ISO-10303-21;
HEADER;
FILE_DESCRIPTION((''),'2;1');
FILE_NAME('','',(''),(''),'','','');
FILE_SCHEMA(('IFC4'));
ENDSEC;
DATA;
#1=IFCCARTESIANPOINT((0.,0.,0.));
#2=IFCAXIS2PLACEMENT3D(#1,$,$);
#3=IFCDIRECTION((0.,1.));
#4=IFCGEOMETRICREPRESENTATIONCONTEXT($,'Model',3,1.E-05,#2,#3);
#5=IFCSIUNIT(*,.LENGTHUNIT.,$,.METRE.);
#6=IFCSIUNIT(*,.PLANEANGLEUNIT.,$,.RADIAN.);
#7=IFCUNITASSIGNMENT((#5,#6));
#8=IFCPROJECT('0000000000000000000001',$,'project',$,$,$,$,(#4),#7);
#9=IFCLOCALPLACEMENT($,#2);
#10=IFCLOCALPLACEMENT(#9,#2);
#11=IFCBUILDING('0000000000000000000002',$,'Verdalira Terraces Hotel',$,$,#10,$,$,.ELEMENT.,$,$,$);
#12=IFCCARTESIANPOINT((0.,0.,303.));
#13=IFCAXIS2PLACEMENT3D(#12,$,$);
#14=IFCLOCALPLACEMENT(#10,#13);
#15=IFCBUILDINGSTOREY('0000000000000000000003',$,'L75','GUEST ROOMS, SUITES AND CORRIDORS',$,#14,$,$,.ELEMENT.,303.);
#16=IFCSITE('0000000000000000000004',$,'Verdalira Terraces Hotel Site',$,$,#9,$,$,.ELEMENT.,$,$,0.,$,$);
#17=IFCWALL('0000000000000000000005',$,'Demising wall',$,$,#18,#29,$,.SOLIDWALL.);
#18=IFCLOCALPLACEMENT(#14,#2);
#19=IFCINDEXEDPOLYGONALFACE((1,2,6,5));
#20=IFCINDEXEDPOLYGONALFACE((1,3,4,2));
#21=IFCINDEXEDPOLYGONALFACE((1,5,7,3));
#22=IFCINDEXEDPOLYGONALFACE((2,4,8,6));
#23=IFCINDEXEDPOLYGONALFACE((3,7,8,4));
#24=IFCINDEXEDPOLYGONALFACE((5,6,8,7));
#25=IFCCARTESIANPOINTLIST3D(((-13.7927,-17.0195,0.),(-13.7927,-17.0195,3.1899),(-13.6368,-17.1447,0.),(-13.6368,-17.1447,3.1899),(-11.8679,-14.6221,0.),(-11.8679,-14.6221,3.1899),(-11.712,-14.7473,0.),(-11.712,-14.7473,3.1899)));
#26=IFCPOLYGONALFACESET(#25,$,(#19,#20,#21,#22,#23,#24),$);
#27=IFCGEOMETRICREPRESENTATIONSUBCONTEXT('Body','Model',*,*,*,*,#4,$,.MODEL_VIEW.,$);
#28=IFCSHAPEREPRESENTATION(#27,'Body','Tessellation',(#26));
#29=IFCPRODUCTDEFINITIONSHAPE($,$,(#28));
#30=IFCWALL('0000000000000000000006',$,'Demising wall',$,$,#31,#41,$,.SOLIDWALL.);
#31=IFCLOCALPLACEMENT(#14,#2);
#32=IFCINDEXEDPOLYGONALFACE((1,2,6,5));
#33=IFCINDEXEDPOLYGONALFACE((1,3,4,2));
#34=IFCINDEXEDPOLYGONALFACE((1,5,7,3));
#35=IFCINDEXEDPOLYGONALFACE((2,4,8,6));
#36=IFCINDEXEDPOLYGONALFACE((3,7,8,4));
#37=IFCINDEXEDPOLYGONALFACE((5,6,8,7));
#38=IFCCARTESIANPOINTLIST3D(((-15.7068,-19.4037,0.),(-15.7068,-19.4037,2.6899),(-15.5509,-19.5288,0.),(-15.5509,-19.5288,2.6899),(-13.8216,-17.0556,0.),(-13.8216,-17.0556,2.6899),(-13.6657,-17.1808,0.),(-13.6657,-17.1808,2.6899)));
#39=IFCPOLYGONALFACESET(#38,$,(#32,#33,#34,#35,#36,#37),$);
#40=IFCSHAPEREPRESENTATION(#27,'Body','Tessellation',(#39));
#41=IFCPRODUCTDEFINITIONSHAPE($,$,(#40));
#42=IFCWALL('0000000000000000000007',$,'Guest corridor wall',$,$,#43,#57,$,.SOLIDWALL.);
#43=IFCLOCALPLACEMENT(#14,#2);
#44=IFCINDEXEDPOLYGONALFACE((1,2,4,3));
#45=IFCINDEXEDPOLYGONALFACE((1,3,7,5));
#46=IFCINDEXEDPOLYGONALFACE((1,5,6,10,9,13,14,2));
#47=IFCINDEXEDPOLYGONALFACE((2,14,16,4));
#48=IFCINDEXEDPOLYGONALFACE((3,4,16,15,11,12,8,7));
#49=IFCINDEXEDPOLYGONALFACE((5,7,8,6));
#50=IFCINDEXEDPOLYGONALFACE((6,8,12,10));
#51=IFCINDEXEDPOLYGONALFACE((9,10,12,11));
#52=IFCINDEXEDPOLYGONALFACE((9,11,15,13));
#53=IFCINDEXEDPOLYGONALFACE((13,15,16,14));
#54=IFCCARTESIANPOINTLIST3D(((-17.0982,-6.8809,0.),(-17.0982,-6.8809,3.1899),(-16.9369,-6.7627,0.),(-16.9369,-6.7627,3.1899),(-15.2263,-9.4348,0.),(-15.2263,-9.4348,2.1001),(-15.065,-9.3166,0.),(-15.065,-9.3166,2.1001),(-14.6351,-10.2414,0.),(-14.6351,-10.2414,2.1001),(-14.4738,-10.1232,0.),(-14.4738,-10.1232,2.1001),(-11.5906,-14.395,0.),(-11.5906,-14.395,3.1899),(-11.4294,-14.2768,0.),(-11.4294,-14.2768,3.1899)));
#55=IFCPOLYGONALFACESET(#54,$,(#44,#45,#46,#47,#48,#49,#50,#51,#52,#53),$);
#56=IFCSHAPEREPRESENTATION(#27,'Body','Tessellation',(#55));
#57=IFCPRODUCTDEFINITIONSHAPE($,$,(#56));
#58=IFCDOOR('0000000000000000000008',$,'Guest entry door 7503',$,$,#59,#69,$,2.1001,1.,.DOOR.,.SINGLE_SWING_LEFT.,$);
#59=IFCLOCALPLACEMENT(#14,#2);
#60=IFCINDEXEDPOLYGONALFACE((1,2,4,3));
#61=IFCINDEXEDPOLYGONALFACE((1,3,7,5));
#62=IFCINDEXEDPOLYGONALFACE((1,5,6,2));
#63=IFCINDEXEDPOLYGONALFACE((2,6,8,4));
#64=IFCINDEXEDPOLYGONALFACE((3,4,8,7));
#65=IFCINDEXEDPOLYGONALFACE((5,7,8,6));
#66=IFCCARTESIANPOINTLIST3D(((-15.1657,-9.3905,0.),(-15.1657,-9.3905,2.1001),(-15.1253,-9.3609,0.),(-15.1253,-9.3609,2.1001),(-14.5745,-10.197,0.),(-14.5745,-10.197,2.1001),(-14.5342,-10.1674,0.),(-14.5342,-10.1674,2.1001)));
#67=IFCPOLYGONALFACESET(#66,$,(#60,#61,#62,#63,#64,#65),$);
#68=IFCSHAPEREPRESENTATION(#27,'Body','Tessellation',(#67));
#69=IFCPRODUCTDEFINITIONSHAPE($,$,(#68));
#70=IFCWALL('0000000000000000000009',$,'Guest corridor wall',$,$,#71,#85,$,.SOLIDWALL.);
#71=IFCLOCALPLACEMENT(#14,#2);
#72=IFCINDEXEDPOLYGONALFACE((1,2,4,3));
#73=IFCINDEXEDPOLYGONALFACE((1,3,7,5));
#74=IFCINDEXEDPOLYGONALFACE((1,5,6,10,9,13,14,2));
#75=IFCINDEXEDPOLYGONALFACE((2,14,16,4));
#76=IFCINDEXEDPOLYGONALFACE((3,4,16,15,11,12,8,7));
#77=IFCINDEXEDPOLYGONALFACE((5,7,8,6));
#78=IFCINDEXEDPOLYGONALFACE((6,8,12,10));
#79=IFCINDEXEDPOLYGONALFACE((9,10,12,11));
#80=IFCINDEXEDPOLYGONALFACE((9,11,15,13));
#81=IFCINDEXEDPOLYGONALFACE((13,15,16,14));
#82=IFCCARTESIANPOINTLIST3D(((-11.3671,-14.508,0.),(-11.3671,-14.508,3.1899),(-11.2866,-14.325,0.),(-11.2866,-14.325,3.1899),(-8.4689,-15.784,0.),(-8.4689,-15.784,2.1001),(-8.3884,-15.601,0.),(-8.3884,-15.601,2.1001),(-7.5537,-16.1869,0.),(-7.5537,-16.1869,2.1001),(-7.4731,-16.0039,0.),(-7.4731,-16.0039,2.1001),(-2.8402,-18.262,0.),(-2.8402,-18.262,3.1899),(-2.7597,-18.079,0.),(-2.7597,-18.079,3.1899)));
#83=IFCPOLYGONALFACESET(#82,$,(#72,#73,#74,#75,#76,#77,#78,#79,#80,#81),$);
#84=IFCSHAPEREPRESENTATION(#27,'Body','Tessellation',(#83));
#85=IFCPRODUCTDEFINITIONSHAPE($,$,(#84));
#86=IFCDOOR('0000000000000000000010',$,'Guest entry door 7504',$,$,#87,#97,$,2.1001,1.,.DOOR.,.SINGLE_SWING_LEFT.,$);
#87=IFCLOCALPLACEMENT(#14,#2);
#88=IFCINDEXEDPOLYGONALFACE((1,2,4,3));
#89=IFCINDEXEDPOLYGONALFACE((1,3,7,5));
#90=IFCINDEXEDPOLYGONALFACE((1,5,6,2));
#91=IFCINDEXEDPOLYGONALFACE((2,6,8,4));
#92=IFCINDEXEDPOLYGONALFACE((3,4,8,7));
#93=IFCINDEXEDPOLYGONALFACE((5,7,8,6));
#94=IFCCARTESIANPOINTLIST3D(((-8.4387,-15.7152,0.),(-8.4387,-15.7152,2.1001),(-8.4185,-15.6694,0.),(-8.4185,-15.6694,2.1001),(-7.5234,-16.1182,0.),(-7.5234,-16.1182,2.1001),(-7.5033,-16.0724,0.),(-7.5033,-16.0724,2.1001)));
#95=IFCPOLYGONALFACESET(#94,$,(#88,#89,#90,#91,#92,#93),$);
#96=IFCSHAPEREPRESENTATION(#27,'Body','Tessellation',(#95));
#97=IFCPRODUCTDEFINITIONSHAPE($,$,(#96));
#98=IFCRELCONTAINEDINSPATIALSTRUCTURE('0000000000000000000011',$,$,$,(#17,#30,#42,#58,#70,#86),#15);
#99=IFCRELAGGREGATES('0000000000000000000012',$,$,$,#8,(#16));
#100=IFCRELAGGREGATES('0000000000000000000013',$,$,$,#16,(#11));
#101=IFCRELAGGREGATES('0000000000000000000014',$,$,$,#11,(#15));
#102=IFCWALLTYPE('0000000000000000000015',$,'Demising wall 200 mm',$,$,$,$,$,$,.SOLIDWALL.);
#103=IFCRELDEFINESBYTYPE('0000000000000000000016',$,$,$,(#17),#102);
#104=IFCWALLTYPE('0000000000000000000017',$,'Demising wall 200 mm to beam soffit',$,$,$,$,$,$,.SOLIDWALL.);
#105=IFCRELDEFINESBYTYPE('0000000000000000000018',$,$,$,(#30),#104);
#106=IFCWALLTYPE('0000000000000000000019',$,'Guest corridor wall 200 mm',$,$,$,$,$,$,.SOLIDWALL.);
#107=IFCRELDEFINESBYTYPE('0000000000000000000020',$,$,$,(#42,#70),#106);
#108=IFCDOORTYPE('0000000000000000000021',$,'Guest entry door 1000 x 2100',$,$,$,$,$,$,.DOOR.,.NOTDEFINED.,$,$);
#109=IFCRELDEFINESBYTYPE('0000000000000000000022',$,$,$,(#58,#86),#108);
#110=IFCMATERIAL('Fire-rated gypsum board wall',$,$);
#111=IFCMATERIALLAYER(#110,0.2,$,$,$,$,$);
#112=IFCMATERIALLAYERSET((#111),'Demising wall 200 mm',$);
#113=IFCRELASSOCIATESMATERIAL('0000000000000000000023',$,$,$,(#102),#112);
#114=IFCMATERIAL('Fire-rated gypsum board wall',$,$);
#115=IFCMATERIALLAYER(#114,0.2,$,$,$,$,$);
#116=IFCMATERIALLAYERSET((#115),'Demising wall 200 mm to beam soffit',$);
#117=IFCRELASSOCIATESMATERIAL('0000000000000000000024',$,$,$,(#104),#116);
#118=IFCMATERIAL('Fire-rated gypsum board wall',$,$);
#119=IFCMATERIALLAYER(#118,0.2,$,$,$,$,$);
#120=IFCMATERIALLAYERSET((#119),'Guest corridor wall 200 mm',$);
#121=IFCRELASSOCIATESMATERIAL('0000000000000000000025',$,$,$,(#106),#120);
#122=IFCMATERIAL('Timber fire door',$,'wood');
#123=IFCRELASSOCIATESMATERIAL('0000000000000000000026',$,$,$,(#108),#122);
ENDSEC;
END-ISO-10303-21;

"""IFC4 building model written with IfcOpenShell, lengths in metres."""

from ifc_helpers import new_model, si_unit, direction, frame, frame_2d, origin, place, context, subcontext, project, spatial, rectangle, extrude, material, layer, layer_set, type_object, element, fill, save


model = new_model("IFC4")

# Units and contexts
model_context = context("Model", 3, precision=1e-05, world=origin(), true_north=direction((0.0, 1.0)))
body_context = subcontext(model_context, "Body", "Model", "MODEL_VIEW")
ifc_project = project(units=[si_unit("LENGTHUNIT", "METRE"), si_unit("PLANEANGLEUNIT", "RADIAN")], contexts=[model_context])

# Site, building, storey
site_placement = place(None, origin())
site = spatial("IfcSite", under=ifc_project, at=site_placement, Name="Verdalira Terraces Hotel Site", CompositionType="ELEMENT", RefElevation=0.0)
building_placement = place(site_placement, origin())
building = spatial("IfcBuilding", under=site, at=building_placement, Name="Verdalira Terraces Hotel", CompositionType="ELEMENT")
storey_placement = place(building_placement, frame((0.0, 0.0, 303.0)))
storey = spatial("IfcBuildingStorey", under=building, at=storey_placement, Name="L75", Description="GUEST ROOMS, SUITES AND CORRIDORS", CompositionType="ELEMENT", Elevation=303.0)

# Walls
ifc_material_1 = material(Name="Fire-rated gypsum board wall")
ifc_layer_1 = layer(ifc_material_1, 0.2)
ifc_layer_set_1 = layer_set([ifc_layer_1], Name="Demising wall 200 mm")
wall_type_1 = type_object("IfcWallType", Name="Demising wall 200 mm", PredefinedType="SOLIDWALL", material=ifc_layer_set_1)
wall_1_placement = place(storey_placement, frame((-11.79, -14.6848, 0.0), z_axis=(0.0, 0.0, 1.0), x_axis=(-0.62605, -0.779783, 0.0)))
element("IfcWall", 1, at=wall_1_placement, inside=storey, type_object=wall_type_1, Name="Demising wall", PredefinedType="SOLIDWALL", context=body_context, shape_type="SweptSolid", body=[
    extrude(rectangle(XDim=3.0745, YDim=0.2, at=frame_2d((1.5371, 0.0))), origin(), (0.0, 0.0, 1.0), 3.1899),
])
ifc_material_2 = material(Name="Fire-rated gypsum board wall")
ifc_layer_2 = layer(ifc_material_2, 0.2)
ifc_layer_set_2 = layer_set([ifc_layer_2], Name="Demising wall 200 mm to beam soffit")
wall_type_2 = type_object("IfcWallType", Name="Demising wall 200 mm to beam soffit", PredefinedType="SOLIDWALL", material=ifc_layer_set_2)
wall_2_placement = place(storey_placement, frame((-13.7437, -17.1182, 0.0), z_axis=(0.0, 0.0, 1.0), x_axis=(-0.626059, -0.779776, 0.0)))
element("IfcWall", 2, at=wall_2_placement, inside=storey, type_object=wall_type_2, Name="Demising wall", PredefinedType="SOLIDWALL", context=body_context, shape_type="SweptSolid", body=[
    extrude(rectangle(XDim=3.0112, YDim=0.2, at=frame_2d((1.5056, 0.0))), origin(), (0.0, 0.0, 1.0), 2.6899),
])

# Walls, openings, doors
ifc_material_3 = material(Name="Fire-rated gypsum board wall")
ifc_layer_3 = layer(ifc_material_3, 0.2)
ifc_layer_set_3 = layer_set([ifc_layer_3], Name="Guest corridor wall 200 mm")
wall_type_3 = type_object("IfcWallType", Name="Guest corridor wall 200 mm", PredefinedType="SOLIDWALL", material=ifc_layer_set_3)
wall_3_placement = place(storey_placement, frame((-11.51, -14.3359, 0.0), z_axis=(0.0, 0.0, 1.0), x_axis=(-0.591167, 0.806549, 0.0)))
wall_3 = element("IfcWall", 3, at=wall_3_placement, inside=storey, type_object=wall_type_3, Name="Guest corridor wall", PredefinedType="SOLIDWALL", context=body_context, shape_type="SweptSolid", body=[
    extrude(rectangle(XDim=9.3164, YDim=0.2, at=frame_2d((4.6582, 0.0))), origin(), (0.0, 0.0, 1.0), 3.1899),
])
opening_1_placement = place(wall_3_placement, frame((5.1499, 0.0, 0.0)))
opening_1 = element("IfcOpeningElement", 4, at=opening_1_placement, cuts=wall_3, PredefinedType="OPENING", context=body_context, shape_type="SweptSolid", body=[
    extrude(rectangle(XDim=1.0, YDim=2.1001, at=frame_2d((0.5, 1.05))), frame((0.0, 0.1099, 0.0), z_axis=(0.0, -1.0, 0.0), x_axis=(1.0, 0.0, 0.0)), (0.0, 0.0, 1.0), 0.22),
])
ifc_material_4 = material(Name="Timber fire door", Category="wood")
door_type_1 = type_object("IfcDoorType", Name="Guest entry door 1000 x 2100", OperationType="NOTDEFINED", PredefinedType="DOOR", material=ifc_material_4)
door_1_placement = place(opening_1_placement, origin())
door_1 = element("IfcDoor", 5, at=door_1_placement, inside=storey, type_object=door_type_1, Name="Guest entry door 7503", OperationType="SINGLE_SWING_LEFT", OverallHeight=2.1001, OverallWidth=1.0, PredefinedType="DOOR", context=body_context, shape_type="SweptSolid", body=[
    extrude(rectangle(XDim=1.0, YDim=2.1001, at=frame_2d((0.5, 1.05))), frame((0.0, 0.0249, 0.0), z_axis=(0.0, -1.0, 0.0), x_axis=(1.0, 0.0, 0.0)), (0.0, 0.0, 1.0), 0.05),
])
fill(opening_1, door_1)
wall_4_placement = place(storey_placement, frame((-2.8, -18.1704, 0.0), z_axis=(0.0, 0.0, 1.0), x_axis=(-0.915232, 0.402927, 0.0)))
wall_4 = element("IfcWall", 6, at=wall_4_placement, inside=storey, type_object=wall_type_3, Name="Guest corridor wall", PredefinedType="SOLIDWALL", context=body_context, shape_type="SweptSolid", body=[
    extrude(rectangle(XDim=9.3166, YDim=0.2, at=frame_2d((4.6582, 0.0))), origin(), (0.0, 0.0, 1.0), 3.1899),
])
opening_2_placement = place(wall_4_placement, frame((5.1499, 0.0, 0.0)))
opening_2 = element("IfcOpeningElement", 7, at=opening_2_placement, cuts=wall_4, PredefinedType="OPENING", context=body_context, shape_type="SweptSolid", body=[
    extrude(rectangle(XDim=1.0, YDim=2.1001, at=frame_2d((0.5, 1.05))), frame((0.0, 0.1099, 0.0), z_axis=(0.0, -1.0, 0.0), x_axis=(1.0, 0.0, 0.0)), (0.0, 0.0, 1.0), 0.22),
])
door_2_placement = place(opening_2_placement, origin())
door_2 = element("IfcDoor", 8, at=door_2_placement, inside=storey, type_object=door_type_1, Name="Guest entry door 7504", OperationType="SINGLE_SWING_LEFT", OverallHeight=2.1001, OverallWidth=1.0, PredefinedType="DOOR", context=body_context, shape_type="SweptSolid", body=[
    extrude(rectangle(XDim=1.0, YDim=2.1001, at=frame_2d((0.5, 1.05))), frame((0.0, 0.0249, 0.0), z_axis=(0.0, -1.0, 0.0), x_axis=(1.0, 0.0, 0.0)), (0.0, 0.0, 1.0), 0.05),
])
fill(opening_2, door_2)

save(model, "model.ifc")
